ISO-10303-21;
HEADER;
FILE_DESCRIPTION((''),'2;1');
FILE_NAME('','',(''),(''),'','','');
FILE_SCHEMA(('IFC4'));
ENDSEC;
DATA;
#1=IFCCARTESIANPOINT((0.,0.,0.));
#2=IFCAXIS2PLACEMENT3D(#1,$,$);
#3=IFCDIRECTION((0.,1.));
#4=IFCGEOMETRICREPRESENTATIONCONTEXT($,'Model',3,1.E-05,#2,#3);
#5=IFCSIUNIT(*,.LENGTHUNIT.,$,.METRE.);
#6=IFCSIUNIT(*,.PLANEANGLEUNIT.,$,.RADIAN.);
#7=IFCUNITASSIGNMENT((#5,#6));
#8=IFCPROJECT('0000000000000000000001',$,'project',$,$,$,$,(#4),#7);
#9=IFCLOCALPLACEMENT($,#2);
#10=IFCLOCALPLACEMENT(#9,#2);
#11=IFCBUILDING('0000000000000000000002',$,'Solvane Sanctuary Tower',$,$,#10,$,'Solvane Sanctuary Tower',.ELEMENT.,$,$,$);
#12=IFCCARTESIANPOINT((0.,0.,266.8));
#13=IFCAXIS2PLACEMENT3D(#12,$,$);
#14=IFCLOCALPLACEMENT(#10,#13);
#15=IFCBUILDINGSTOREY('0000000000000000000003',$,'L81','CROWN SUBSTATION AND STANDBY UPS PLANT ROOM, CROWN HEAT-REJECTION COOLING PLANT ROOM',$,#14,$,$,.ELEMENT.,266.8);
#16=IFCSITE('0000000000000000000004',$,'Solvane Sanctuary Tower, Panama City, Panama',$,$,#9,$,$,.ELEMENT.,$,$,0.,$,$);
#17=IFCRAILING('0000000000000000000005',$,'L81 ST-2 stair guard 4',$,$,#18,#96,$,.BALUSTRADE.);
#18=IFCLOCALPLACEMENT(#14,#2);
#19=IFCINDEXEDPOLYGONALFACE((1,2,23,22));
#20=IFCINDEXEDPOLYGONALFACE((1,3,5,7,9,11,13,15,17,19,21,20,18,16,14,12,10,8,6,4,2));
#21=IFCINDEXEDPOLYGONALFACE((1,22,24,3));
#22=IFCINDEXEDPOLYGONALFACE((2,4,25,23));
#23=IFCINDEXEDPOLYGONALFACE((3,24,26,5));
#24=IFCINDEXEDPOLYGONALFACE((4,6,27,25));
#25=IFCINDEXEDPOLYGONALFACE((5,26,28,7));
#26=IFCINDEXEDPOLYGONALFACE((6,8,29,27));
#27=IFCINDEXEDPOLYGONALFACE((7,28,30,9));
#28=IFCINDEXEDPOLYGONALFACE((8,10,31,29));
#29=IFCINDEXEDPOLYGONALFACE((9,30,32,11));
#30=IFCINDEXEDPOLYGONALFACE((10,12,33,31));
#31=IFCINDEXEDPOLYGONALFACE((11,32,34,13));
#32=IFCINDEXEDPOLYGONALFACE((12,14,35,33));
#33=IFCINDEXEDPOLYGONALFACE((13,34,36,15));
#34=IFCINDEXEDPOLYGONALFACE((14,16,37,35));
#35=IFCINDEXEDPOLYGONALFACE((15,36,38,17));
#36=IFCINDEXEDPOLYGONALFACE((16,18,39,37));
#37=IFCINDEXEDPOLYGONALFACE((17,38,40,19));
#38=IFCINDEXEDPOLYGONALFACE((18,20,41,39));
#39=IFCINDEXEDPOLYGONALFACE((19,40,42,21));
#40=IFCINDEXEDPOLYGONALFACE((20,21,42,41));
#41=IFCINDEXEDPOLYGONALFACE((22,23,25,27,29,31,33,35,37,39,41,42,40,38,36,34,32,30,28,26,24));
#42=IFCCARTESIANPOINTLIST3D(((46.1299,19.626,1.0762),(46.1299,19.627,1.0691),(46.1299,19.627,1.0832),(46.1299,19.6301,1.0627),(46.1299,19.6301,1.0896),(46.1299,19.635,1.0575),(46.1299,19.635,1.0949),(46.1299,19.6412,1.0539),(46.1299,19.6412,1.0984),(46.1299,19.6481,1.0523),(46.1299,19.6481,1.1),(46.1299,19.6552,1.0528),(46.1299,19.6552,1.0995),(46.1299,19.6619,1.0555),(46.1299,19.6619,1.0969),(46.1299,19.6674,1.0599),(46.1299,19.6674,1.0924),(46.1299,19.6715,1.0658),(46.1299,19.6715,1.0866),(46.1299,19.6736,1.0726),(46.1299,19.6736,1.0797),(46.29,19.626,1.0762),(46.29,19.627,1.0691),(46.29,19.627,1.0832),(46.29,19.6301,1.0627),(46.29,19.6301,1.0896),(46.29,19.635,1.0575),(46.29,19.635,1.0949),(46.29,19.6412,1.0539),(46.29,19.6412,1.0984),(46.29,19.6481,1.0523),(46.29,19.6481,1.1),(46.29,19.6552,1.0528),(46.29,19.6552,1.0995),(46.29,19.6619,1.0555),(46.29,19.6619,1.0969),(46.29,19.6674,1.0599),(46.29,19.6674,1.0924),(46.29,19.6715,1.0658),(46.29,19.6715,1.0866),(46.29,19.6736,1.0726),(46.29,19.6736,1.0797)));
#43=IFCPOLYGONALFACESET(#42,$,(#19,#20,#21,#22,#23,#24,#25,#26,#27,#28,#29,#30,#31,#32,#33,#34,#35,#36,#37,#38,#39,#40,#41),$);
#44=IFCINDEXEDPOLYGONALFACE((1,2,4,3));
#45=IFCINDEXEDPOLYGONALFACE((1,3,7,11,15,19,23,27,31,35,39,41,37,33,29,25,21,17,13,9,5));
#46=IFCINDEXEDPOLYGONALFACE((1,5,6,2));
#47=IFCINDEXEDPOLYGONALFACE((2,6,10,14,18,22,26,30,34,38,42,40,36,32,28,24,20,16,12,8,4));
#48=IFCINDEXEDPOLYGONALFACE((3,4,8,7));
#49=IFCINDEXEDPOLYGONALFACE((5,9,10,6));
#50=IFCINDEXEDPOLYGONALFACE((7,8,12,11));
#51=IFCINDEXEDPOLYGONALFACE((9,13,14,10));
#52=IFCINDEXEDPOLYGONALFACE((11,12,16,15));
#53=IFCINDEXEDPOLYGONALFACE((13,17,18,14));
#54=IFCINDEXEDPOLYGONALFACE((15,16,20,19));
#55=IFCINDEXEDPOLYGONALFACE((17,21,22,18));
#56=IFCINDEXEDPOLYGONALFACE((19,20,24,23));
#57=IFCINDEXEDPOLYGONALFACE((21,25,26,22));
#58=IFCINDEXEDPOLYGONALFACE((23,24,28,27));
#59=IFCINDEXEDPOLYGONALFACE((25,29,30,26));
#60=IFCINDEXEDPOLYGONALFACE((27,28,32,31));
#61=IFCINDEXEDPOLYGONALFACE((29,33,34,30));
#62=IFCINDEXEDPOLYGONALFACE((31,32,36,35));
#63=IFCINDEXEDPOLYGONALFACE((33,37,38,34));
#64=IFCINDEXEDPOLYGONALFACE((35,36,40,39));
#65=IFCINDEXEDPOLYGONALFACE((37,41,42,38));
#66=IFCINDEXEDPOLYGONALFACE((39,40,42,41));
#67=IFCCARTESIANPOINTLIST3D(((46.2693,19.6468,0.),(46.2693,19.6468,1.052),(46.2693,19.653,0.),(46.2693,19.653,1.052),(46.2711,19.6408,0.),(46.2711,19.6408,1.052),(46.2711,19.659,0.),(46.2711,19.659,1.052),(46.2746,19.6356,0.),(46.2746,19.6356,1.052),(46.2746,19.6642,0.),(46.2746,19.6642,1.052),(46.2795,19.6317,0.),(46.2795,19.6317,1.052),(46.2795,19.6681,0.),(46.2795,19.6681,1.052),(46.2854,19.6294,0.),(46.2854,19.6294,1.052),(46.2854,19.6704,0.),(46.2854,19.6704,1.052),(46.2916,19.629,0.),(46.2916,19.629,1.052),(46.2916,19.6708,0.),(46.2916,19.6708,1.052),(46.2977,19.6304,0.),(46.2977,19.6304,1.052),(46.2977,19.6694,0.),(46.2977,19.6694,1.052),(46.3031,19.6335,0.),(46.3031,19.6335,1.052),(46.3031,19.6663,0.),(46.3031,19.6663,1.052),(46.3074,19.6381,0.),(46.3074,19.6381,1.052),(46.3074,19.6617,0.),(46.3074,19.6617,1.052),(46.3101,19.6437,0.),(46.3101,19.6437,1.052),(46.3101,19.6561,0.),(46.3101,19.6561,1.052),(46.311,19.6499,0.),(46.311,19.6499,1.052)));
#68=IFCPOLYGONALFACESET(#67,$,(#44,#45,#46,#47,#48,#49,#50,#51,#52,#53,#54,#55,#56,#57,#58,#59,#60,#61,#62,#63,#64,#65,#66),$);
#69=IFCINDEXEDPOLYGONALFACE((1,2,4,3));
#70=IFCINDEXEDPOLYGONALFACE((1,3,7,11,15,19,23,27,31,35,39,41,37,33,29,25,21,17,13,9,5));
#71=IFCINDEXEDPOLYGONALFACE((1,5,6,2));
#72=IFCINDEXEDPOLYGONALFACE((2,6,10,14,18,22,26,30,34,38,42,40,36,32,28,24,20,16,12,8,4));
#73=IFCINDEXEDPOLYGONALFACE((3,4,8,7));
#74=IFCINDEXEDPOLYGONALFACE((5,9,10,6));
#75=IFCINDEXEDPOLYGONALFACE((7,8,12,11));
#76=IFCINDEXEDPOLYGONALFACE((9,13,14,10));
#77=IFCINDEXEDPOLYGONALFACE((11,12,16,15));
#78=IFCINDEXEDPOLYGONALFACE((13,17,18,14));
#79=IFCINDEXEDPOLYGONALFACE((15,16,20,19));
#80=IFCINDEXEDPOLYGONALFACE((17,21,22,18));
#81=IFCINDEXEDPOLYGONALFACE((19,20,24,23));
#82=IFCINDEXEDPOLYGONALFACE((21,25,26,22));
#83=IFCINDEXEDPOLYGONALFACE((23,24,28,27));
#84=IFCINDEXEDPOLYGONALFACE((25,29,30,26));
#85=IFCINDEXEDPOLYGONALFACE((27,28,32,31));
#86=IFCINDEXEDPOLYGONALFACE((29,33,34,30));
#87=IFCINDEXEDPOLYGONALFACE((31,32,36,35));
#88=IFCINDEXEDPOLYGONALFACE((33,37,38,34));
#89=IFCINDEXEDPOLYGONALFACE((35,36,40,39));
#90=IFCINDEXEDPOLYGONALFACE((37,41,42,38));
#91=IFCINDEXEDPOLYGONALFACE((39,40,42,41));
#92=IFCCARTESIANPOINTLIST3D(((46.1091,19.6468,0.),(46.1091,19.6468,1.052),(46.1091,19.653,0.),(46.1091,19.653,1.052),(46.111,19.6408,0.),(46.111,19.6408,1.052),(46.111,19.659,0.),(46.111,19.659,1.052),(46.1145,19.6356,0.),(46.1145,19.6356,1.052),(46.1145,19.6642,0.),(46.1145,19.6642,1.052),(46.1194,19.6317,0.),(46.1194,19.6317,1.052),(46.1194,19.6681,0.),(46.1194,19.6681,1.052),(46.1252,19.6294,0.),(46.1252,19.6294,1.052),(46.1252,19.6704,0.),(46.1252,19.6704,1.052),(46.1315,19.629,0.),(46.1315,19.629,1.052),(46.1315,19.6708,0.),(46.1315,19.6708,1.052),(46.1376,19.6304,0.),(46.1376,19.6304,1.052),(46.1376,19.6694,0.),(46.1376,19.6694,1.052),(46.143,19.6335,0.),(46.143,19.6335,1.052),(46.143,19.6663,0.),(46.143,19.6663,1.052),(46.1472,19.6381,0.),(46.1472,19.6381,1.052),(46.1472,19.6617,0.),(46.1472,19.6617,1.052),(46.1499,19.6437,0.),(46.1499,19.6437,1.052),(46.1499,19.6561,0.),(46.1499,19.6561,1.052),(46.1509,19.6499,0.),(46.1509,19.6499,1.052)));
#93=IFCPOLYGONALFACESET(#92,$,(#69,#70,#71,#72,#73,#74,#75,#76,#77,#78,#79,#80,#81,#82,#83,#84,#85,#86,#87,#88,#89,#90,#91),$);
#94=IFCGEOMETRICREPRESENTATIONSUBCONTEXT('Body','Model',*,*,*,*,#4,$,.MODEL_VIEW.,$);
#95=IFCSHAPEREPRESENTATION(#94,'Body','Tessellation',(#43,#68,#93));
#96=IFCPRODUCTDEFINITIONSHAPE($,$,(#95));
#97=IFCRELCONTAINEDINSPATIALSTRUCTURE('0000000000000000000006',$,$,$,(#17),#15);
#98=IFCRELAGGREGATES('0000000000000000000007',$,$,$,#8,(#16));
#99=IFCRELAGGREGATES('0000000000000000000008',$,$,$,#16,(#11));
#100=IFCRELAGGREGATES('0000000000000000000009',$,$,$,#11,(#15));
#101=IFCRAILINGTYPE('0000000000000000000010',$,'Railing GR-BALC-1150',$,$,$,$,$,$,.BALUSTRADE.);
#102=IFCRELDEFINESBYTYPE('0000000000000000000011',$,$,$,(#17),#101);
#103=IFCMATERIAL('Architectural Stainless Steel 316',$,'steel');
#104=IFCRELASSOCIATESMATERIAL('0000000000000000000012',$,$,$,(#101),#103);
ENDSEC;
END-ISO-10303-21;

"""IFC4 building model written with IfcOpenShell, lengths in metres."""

from ifc_helpers import new_model, si_unit, direction, frame, origin, origin_2d, place, context, subcontext, project, spatial, circle, extrude, material, type_object, element, save


model = new_model("IFC4")

# Units and contexts
model_context = context("Model", 3, precision=1e-05, world=origin(), true_north=direction((0.0, 1.0)))
body_context = subcontext(model_context, "Body", "Model", "MODEL_VIEW")
ifc_project = project(units=[si_unit("LENGTHUNIT", "METRE"), si_unit("PLANEANGLEUNIT", "RADIAN")], contexts=[model_context])

# Site, building, storey
site_placement = place(None, origin())
site = spatial("IfcSite", under=ifc_project, at=site_placement, Name="Solvane Sanctuary Tower, Panama City, Panama", CompositionType="ELEMENT", RefElevation=0.0)
building_placement = place(site_placement, origin())
building = spatial("IfcBuilding", under=site, at=building_placement, Name="Solvane Sanctuary Tower", LongName="Solvane Sanctuary Tower", CompositionType="ELEMENT")
storey_placement = place(building_placement, frame((0.0, 0.0, 266.8)))
storey = spatial("IfcBuildingStorey", under=building, at=storey_placement, Name="L81", Description="CROWN SUBSTATION AND STANDBY UPS PLANT ROOM, CROWN HEAT-REJECTION COOLING PLANT ROOM", CompositionType="ELEMENT", Elevation=266.8)

# Shared definitions
ifc_material_1 = material(Name="Architectural Stainless Steel 316", Category="steel")

# Railing
railing_type_1 = type_object("IfcRailingType", Name="Railing GR-BALC-1150", PredefinedType="BALUSTRADE", material=ifc_material_1)
railing_1_placement = place(storey_placement, frame((46.29, 19.6499, 0.0)))
element("IfcRailing", 1, at=railing_1_placement, inside=storey, type_object=railing_type_1, Name="L81 ST-2 stair guard 4", PredefinedType="BALUSTRADE", context=body_context, shape_type="SweptSolid", body=[
    extrude(circle(Radius=0.0239, at=origin_2d()), frame((0.0, 0.0, 1.0762), z_axis=(-1.0, 0.0, 0.0), x_axis=(0.0, -1.0, 0.0)), (0.0, 0.0, 1.0), 0.1602),
    extrude(circle(Radius=0.021, at=origin_2d()), origin(), (0.0, 0.0, 1.0), 1.052),
    extrude(circle(Radius=0.021, at=origin_2d()), frame((-0.1602, 0.0, 0.0)), (0.0, 0.0, 1.0), 1.052),
])

save(model, "model.ifc")
